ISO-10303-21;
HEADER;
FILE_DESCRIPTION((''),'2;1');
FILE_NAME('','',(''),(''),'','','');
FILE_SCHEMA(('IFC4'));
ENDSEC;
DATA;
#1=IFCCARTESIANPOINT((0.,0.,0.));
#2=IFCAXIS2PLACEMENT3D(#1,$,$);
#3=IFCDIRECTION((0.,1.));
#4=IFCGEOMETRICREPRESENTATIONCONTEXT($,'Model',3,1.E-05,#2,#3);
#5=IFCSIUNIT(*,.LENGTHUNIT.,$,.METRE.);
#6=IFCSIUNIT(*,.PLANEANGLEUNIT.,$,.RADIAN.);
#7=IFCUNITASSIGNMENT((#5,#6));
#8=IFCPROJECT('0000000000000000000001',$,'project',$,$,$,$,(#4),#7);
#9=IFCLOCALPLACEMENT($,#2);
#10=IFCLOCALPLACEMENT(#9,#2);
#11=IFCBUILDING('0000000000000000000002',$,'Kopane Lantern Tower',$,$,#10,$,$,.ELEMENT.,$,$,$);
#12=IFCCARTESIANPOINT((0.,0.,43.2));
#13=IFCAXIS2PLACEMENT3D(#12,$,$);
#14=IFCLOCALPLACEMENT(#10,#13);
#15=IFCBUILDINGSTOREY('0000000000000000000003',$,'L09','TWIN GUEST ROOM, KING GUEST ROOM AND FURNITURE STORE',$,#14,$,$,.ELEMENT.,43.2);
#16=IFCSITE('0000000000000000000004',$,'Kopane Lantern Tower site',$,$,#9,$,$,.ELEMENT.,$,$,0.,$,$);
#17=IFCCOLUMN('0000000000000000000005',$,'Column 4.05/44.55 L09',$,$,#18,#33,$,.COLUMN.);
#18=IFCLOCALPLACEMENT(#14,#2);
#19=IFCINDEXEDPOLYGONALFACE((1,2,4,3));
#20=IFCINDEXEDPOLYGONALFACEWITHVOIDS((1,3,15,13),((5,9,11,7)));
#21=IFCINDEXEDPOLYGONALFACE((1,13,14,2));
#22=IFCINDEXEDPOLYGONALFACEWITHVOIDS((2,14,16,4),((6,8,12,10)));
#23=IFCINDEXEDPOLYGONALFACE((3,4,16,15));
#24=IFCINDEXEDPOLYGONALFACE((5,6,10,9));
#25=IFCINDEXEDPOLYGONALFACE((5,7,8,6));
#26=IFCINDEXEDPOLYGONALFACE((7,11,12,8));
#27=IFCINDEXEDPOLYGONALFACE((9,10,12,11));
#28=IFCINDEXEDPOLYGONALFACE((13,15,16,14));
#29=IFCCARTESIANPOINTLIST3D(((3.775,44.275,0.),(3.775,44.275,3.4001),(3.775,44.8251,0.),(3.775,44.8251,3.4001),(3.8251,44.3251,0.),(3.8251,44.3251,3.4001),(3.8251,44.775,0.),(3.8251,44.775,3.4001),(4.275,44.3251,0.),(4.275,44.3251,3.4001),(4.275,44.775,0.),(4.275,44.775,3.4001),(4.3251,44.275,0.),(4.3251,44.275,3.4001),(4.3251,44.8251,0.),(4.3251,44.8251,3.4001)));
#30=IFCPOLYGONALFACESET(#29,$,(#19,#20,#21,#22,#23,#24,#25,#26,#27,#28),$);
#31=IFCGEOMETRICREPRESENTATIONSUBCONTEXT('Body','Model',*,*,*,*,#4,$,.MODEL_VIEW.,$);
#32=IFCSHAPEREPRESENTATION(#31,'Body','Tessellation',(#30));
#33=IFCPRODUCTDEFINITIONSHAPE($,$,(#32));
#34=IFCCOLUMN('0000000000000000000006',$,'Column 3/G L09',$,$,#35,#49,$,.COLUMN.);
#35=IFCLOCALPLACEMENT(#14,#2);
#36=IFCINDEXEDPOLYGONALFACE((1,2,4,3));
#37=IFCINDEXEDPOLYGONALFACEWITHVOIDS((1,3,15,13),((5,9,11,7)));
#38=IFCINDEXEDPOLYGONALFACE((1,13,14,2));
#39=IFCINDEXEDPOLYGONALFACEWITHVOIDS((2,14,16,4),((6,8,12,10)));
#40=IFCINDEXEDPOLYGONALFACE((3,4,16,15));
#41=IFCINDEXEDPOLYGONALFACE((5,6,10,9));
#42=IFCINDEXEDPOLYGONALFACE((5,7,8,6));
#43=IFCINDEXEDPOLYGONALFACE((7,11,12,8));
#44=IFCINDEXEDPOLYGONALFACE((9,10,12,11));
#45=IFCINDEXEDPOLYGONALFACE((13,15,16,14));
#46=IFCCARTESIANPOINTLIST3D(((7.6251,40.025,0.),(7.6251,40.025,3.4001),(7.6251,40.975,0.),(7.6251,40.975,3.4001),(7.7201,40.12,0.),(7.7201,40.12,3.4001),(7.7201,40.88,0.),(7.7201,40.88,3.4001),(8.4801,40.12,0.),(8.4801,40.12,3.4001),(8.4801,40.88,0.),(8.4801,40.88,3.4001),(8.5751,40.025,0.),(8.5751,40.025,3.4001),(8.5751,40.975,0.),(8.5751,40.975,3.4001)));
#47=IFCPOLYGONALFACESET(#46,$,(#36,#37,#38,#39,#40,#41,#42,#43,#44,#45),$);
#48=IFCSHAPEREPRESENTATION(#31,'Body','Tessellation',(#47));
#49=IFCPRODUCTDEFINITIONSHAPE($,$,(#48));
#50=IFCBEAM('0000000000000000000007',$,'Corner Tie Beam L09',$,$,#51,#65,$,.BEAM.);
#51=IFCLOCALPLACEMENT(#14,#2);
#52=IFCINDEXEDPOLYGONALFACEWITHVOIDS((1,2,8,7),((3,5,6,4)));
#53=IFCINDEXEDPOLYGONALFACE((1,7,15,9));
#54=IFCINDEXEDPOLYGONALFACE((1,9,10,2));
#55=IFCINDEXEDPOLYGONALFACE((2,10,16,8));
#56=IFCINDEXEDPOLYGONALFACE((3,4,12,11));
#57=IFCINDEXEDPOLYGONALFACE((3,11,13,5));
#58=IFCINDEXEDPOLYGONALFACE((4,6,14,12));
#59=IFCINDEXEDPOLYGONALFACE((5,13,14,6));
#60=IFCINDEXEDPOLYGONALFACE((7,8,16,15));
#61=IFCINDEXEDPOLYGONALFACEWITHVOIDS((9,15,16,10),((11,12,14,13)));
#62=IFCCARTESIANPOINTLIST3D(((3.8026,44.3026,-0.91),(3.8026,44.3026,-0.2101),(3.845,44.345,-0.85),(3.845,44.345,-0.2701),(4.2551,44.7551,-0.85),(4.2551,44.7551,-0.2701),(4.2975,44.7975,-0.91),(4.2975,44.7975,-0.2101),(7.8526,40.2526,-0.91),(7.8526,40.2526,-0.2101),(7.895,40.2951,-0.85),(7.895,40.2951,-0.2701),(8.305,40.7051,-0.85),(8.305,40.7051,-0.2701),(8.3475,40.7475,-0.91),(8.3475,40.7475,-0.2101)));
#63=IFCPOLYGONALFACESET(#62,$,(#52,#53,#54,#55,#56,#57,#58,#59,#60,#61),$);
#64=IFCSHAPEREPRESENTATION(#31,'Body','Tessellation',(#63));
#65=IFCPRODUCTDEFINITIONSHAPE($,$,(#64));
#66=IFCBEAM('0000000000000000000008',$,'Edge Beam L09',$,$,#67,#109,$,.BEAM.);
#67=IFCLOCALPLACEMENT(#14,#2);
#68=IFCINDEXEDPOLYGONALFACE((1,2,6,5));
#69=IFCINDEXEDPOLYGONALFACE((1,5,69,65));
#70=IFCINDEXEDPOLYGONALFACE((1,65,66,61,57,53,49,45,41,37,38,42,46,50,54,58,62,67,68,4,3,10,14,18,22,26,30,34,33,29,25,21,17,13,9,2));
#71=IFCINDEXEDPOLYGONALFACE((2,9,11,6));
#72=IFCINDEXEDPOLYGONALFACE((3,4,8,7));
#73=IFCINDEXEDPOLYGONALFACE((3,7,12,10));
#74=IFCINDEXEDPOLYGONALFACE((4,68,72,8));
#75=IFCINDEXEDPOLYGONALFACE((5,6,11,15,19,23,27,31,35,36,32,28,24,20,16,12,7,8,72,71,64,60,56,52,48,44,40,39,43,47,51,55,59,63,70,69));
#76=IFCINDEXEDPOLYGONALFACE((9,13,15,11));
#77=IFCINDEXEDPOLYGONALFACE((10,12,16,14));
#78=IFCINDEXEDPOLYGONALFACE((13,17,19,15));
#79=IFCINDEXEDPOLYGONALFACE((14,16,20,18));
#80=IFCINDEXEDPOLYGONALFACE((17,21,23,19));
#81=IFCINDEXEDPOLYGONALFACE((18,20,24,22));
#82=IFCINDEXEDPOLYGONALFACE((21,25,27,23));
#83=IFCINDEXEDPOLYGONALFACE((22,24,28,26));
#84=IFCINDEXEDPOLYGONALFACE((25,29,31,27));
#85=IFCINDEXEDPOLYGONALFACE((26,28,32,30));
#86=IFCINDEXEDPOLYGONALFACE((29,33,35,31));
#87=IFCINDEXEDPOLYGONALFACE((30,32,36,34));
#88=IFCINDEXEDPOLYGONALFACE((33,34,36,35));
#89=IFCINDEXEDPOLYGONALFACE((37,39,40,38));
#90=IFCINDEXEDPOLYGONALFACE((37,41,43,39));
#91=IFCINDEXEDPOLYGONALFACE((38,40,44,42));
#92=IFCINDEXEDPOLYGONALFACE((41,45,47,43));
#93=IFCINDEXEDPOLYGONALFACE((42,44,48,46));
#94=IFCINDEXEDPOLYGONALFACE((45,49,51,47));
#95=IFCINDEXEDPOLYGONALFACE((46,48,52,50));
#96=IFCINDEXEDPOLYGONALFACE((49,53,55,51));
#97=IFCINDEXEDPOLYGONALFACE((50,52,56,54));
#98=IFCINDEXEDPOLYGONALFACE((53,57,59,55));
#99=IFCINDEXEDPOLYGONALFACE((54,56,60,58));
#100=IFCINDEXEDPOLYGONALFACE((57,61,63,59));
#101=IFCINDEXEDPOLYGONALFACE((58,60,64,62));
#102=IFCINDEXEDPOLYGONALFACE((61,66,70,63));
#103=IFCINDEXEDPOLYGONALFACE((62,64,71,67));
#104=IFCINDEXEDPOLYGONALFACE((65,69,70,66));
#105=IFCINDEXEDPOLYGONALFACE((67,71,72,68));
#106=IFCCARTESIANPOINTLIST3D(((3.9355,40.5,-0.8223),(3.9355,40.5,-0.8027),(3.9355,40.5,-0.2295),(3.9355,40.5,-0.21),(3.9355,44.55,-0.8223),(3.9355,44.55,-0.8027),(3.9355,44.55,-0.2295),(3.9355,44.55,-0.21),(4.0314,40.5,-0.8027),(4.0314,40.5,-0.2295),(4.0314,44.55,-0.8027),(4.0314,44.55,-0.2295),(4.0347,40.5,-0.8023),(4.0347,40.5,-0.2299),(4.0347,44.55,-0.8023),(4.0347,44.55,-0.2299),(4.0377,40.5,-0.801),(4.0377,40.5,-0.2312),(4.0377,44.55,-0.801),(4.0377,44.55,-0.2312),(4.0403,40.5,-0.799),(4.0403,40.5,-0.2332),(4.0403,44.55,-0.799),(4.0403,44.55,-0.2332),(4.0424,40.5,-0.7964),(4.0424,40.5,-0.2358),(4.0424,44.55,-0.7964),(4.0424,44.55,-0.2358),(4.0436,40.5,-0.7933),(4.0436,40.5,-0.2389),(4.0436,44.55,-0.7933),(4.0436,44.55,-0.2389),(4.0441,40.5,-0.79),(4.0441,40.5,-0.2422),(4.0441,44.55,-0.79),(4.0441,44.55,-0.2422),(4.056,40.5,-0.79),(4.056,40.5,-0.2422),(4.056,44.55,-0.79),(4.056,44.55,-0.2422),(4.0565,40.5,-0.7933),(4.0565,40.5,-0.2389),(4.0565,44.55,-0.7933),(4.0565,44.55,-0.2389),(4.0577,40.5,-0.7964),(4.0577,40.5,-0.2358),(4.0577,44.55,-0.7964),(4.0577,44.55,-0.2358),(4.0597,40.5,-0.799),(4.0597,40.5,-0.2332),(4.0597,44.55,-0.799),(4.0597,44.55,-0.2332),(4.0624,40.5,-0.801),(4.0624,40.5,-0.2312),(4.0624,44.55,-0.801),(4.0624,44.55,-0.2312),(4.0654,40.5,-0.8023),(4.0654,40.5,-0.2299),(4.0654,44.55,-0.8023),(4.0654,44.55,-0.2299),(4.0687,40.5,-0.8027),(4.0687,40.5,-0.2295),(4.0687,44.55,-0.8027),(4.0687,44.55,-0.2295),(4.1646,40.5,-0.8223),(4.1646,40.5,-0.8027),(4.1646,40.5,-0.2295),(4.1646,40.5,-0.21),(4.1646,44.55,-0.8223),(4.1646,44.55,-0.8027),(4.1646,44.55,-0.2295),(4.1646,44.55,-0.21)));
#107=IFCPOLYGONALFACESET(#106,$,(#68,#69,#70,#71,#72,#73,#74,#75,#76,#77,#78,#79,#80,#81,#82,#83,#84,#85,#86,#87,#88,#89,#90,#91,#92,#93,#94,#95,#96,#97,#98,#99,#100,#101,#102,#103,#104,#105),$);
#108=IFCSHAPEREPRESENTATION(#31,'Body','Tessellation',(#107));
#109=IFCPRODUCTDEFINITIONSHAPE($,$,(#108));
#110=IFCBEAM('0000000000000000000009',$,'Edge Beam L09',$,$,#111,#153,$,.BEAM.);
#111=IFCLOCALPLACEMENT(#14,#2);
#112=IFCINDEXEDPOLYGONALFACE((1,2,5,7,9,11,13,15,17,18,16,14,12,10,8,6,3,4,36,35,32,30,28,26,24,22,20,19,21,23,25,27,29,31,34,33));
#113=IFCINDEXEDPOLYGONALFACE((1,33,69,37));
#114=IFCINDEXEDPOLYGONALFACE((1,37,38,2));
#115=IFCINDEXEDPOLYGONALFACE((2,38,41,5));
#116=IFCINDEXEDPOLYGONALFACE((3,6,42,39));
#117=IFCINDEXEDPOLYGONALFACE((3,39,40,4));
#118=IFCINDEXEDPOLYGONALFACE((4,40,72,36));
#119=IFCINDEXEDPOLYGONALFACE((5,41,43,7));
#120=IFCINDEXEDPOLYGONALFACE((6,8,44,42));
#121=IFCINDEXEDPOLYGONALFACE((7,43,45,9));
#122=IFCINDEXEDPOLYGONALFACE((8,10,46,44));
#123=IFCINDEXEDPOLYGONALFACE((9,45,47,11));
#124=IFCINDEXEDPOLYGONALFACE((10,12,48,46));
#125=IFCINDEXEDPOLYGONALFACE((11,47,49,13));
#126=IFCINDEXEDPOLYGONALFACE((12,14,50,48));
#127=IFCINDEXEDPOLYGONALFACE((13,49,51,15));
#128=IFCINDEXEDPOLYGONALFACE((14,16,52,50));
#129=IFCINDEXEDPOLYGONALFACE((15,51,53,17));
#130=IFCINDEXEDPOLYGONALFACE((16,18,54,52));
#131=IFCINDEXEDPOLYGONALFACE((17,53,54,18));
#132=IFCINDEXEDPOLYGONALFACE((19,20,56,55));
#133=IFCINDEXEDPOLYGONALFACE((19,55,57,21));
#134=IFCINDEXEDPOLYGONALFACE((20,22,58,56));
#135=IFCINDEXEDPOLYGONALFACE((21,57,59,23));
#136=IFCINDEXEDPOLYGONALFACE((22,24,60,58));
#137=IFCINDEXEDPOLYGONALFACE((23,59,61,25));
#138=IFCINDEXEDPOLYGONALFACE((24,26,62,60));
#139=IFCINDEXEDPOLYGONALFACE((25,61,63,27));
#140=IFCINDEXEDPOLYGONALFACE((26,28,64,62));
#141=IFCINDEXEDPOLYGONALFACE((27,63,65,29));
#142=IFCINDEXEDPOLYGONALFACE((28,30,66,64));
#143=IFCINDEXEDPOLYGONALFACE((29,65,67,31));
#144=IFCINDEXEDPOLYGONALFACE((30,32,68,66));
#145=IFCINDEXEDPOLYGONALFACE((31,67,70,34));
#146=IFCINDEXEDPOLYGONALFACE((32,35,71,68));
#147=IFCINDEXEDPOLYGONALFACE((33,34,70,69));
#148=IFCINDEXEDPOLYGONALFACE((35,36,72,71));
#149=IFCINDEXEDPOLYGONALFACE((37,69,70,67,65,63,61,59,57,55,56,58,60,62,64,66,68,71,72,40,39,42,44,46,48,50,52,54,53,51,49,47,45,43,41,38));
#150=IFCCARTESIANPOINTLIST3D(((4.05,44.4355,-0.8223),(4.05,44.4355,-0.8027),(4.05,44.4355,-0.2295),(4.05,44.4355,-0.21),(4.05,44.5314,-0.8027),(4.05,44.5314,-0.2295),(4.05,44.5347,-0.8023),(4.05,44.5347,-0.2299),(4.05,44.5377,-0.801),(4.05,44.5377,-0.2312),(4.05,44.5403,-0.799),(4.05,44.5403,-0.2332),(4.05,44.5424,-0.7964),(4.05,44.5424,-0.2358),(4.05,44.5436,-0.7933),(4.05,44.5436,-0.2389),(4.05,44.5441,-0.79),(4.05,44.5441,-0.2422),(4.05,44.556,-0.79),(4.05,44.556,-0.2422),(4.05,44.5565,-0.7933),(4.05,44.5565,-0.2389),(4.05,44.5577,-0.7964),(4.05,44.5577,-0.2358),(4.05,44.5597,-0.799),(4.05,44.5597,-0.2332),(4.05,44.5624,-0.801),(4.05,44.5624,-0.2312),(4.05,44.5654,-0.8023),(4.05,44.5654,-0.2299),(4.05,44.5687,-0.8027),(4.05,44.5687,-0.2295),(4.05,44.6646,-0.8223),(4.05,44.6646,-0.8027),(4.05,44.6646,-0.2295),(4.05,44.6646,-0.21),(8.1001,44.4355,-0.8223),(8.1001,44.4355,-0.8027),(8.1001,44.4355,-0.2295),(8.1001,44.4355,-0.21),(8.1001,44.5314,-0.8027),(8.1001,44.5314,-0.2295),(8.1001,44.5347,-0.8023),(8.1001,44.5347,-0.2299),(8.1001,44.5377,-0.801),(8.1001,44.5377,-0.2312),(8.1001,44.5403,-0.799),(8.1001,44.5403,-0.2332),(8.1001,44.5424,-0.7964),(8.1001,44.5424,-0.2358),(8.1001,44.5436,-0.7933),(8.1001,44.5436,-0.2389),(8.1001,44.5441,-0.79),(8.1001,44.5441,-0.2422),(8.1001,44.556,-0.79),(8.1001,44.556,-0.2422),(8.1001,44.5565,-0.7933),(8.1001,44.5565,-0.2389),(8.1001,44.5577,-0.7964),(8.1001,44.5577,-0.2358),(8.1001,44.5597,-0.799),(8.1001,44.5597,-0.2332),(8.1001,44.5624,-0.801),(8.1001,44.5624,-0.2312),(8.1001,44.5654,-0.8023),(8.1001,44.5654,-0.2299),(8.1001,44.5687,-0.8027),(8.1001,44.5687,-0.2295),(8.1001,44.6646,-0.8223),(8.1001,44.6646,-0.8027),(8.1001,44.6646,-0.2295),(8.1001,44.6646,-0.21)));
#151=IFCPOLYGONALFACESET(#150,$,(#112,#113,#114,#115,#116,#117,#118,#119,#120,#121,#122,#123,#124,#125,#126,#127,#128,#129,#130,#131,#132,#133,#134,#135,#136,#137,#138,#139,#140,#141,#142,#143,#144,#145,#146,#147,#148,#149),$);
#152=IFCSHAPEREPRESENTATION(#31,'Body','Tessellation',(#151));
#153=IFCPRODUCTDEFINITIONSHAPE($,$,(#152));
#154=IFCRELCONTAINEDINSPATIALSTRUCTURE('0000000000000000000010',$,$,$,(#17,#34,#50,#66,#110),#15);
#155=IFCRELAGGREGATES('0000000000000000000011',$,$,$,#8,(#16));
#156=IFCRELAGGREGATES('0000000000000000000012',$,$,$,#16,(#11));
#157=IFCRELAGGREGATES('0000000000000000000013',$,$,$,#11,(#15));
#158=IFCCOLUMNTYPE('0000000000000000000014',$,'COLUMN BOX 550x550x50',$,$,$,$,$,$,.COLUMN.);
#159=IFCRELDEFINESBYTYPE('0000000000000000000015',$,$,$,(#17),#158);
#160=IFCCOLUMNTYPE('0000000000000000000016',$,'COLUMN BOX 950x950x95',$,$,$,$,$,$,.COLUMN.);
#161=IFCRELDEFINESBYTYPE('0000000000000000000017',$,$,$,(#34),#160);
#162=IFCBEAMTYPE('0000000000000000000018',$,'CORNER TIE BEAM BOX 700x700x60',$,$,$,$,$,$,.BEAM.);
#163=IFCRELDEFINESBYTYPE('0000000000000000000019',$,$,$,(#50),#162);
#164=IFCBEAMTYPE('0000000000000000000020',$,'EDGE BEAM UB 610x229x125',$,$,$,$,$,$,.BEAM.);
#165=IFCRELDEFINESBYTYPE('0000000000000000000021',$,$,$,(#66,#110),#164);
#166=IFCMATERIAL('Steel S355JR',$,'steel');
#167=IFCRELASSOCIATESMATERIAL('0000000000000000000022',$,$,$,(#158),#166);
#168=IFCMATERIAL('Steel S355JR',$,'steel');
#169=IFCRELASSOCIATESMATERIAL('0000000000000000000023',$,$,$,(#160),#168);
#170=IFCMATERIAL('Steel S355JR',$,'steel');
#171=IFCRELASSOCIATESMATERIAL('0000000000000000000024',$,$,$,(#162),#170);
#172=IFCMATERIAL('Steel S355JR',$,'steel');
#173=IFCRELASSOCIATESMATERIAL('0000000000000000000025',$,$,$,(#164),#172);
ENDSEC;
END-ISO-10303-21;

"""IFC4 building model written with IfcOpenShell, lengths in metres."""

from ifc_helpers import new_model, si_unit, direction, frame, origin, origin_2d, place, context, subcontext, project, spatial, hollow_rectangle, i_section, extrude, material, material_profile, profile_set, type_object, element, save


model = new_model("IFC4")

# Units and contexts
model_context = context("Model", 3, precision=1e-05, world=origin(), true_north=direction((0.0, 1.0)))
body_context = subcontext(model_context, "Body", "Model", "MODEL_VIEW")
ifc_project = project(units=[si_unit("LENGTHUNIT", "METRE"), si_unit("PLANEANGLEUNIT", "RADIAN")], contexts=[model_context])

# Site, building, storey
site_placement = place(None, origin())
site = spatial("IfcSite", under=ifc_project, at=site_placement, Name="Kopane Lantern Tower site", CompositionType="ELEMENT", RefElevation=0.0)
building_placement = place(site_placement, origin())
building = spatial("IfcBuilding", under=site, at=building_placement, Name="Kopane Lantern Tower", CompositionType="ELEMENT")
storey_placement = place(building_placement, frame((0.0, 0.0, 43.2)))
storey = spatial("IfcBuildingStorey", under=building, at=storey_placement, Name="L09", Description="TWIN GUEST ROOM, KING GUEST ROOM AND FURNITURE STORE", CompositionType="ELEMENT", Elevation=43.2)

# Columns
ifc_material_1 = material(Name="Steel S355JR", Category="steel")
ifc_material_profile_1 = material_profile(ifc_material_1, hollow_rectangle(XDim=0.55, YDim=0.55, WallThickness=0.05, at=origin_2d()), Name="BOX 550x550x50")
ifc_profile_set_1 = profile_set([ifc_material_profile_1], Name="Steel S355JR")
column_type_1 = type_object("IfcColumnType", Name="COLUMN BOX 550x550x50", PredefinedType="COLUMN", material=ifc_profile_set_1)
column_1_placement = place(storey_placement, frame((4.05, 44.55, 0.0), z_axis=(0.0, 0.0, 1.0), x_axis=(1.0, 0.0, 0.0)))
element("IfcColumn", 1, at=column_1_placement, inside=storey, type_object=column_type_1, Name="Column 4.05/44.55 L09", PredefinedType="COLUMN", context=body_context, shape_type="SweptSolid", body=[
    extrude(hollow_rectangle(XDim=0.55, YDim=0.55, WallThickness=0.05, at=origin_2d()), origin(), (0.0, 0.0, 1.0), 3.4001),
])
ifc_material_2 = material(Name="Steel S355JR", Category="steel")
ifc_material_profile_2 = material_profile(ifc_material_2, hollow_rectangle(XDim=0.95, YDim=0.95, WallThickness=0.095, at=origin_2d()), Name="BOX 950x950x95")
ifc_profile_set_2 = profile_set([ifc_material_profile_2], Name="Steel S355JR")
column_type_2 = type_object("IfcColumnType", Name="COLUMN BOX 950x950x95", PredefinedType="COLUMN", material=ifc_profile_set_2)
column_2_placement = place(storey_placement, frame((8.1001, 40.5, 0.0), z_axis=(0.0, 0.0, 1.0), x_axis=(1.0, 0.0, 0.0)))
element("IfcColumn", 2, at=column_2_placement, inside=storey, type_object=column_type_2, Name="Column 3/G L09", PredefinedType="COLUMN", context=body_context, shape_type="SweptSolid", body=[
    extrude(hollow_rectangle(XDim=0.95, YDim=0.95, WallThickness=0.095, at=origin_2d()), origin(), (0.0, 0.0, 1.0), 3.4001),
])

# Beams
ifc_material_3 = material(Name="Steel S355JR", Category="steel")
ifc_material_profile_3 = material_profile(ifc_material_3, hollow_rectangle(XDim=0.7, YDim=0.7, WallThickness=0.0601, at=origin_2d()), Name="BOX 700x700x60")
ifc_profile_set_3 = profile_set([ifc_material_profile_3], Name="Steel S355JR")
beam_type_1 = type_object("IfcBeamType", Name="CORNER TIE BEAM BOX 700x700x60", PredefinedType="BEAM", material=ifc_profile_set_3)
beam_1_placement = place(storey_placement, frame((4.05, 44.55, -0.5601), z_axis=(0.707107, -0.707107, 0.0), x_axis=(0.707107, 0.707107, 0.0)))
element("IfcBeam", 3, at=beam_1_placement, inside=storey, type_object=beam_type_1, Name="Corner Tie Beam L09", PredefinedType="BEAM", context=body_context, shape_type="SweptSolid", body=[
    extrude(hollow_rectangle(XDim=0.7, YDim=0.7, WallThickness=0.0601, at=origin_2d()), origin(), (0.0, 0.0, 1.0), 5.7275),
])
ifc_material_4 = material(Name="Steel S355JR", Category="steel")
ifc_material_profile_4 = material_profile(ifc_material_4, i_section(OverallWidth=0.229, OverallDepth=0.6123, WebThickness=0.012, FlangeThickness=0.0195, FilletRadius=0.0127, at=origin_2d()), Name="UB 610x229x125")
ifc_profile_set_4 = profile_set([ifc_material_profile_4], Name="Steel S355JR")
beam_type_2 = type_object("IfcBeamType", Name="EDGE BEAM UB 610x229x125", PredefinedType="BEAM", material=ifc_profile_set_4)
for number, where, z_axis, x_axis, name in (
    (4, (4.05, 44.55, -0.5161), (0.0, -1.0, 0.0), (1.0, 0.0, 0.0), "Edge Beam L09"),
    (5, (4.05, 44.55, -0.5161), (1.0, 0.0, 0.0), (0.0, 1.0, 0.0), "Edge Beam L09"),
):
    element("IfcBeam", number, at=place(storey_placement, frame(where, z_axis=z_axis, x_axis=x_axis)), inside=storey, type_object=beam_type_2, Name=name, PredefinedType="BEAM", context=body_context, shape_type="SweptSolid", body=[
        extrude(i_section(OverallWidth=0.229, OverallDepth=0.6123, WebThickness=0.012, FlangeThickness=0.0195, FilletRadius=0.0127, at=origin_2d()), origin(), (0.0, 0.0, 1.0), 4.05),
    ])

save(model, "model.ifc")
